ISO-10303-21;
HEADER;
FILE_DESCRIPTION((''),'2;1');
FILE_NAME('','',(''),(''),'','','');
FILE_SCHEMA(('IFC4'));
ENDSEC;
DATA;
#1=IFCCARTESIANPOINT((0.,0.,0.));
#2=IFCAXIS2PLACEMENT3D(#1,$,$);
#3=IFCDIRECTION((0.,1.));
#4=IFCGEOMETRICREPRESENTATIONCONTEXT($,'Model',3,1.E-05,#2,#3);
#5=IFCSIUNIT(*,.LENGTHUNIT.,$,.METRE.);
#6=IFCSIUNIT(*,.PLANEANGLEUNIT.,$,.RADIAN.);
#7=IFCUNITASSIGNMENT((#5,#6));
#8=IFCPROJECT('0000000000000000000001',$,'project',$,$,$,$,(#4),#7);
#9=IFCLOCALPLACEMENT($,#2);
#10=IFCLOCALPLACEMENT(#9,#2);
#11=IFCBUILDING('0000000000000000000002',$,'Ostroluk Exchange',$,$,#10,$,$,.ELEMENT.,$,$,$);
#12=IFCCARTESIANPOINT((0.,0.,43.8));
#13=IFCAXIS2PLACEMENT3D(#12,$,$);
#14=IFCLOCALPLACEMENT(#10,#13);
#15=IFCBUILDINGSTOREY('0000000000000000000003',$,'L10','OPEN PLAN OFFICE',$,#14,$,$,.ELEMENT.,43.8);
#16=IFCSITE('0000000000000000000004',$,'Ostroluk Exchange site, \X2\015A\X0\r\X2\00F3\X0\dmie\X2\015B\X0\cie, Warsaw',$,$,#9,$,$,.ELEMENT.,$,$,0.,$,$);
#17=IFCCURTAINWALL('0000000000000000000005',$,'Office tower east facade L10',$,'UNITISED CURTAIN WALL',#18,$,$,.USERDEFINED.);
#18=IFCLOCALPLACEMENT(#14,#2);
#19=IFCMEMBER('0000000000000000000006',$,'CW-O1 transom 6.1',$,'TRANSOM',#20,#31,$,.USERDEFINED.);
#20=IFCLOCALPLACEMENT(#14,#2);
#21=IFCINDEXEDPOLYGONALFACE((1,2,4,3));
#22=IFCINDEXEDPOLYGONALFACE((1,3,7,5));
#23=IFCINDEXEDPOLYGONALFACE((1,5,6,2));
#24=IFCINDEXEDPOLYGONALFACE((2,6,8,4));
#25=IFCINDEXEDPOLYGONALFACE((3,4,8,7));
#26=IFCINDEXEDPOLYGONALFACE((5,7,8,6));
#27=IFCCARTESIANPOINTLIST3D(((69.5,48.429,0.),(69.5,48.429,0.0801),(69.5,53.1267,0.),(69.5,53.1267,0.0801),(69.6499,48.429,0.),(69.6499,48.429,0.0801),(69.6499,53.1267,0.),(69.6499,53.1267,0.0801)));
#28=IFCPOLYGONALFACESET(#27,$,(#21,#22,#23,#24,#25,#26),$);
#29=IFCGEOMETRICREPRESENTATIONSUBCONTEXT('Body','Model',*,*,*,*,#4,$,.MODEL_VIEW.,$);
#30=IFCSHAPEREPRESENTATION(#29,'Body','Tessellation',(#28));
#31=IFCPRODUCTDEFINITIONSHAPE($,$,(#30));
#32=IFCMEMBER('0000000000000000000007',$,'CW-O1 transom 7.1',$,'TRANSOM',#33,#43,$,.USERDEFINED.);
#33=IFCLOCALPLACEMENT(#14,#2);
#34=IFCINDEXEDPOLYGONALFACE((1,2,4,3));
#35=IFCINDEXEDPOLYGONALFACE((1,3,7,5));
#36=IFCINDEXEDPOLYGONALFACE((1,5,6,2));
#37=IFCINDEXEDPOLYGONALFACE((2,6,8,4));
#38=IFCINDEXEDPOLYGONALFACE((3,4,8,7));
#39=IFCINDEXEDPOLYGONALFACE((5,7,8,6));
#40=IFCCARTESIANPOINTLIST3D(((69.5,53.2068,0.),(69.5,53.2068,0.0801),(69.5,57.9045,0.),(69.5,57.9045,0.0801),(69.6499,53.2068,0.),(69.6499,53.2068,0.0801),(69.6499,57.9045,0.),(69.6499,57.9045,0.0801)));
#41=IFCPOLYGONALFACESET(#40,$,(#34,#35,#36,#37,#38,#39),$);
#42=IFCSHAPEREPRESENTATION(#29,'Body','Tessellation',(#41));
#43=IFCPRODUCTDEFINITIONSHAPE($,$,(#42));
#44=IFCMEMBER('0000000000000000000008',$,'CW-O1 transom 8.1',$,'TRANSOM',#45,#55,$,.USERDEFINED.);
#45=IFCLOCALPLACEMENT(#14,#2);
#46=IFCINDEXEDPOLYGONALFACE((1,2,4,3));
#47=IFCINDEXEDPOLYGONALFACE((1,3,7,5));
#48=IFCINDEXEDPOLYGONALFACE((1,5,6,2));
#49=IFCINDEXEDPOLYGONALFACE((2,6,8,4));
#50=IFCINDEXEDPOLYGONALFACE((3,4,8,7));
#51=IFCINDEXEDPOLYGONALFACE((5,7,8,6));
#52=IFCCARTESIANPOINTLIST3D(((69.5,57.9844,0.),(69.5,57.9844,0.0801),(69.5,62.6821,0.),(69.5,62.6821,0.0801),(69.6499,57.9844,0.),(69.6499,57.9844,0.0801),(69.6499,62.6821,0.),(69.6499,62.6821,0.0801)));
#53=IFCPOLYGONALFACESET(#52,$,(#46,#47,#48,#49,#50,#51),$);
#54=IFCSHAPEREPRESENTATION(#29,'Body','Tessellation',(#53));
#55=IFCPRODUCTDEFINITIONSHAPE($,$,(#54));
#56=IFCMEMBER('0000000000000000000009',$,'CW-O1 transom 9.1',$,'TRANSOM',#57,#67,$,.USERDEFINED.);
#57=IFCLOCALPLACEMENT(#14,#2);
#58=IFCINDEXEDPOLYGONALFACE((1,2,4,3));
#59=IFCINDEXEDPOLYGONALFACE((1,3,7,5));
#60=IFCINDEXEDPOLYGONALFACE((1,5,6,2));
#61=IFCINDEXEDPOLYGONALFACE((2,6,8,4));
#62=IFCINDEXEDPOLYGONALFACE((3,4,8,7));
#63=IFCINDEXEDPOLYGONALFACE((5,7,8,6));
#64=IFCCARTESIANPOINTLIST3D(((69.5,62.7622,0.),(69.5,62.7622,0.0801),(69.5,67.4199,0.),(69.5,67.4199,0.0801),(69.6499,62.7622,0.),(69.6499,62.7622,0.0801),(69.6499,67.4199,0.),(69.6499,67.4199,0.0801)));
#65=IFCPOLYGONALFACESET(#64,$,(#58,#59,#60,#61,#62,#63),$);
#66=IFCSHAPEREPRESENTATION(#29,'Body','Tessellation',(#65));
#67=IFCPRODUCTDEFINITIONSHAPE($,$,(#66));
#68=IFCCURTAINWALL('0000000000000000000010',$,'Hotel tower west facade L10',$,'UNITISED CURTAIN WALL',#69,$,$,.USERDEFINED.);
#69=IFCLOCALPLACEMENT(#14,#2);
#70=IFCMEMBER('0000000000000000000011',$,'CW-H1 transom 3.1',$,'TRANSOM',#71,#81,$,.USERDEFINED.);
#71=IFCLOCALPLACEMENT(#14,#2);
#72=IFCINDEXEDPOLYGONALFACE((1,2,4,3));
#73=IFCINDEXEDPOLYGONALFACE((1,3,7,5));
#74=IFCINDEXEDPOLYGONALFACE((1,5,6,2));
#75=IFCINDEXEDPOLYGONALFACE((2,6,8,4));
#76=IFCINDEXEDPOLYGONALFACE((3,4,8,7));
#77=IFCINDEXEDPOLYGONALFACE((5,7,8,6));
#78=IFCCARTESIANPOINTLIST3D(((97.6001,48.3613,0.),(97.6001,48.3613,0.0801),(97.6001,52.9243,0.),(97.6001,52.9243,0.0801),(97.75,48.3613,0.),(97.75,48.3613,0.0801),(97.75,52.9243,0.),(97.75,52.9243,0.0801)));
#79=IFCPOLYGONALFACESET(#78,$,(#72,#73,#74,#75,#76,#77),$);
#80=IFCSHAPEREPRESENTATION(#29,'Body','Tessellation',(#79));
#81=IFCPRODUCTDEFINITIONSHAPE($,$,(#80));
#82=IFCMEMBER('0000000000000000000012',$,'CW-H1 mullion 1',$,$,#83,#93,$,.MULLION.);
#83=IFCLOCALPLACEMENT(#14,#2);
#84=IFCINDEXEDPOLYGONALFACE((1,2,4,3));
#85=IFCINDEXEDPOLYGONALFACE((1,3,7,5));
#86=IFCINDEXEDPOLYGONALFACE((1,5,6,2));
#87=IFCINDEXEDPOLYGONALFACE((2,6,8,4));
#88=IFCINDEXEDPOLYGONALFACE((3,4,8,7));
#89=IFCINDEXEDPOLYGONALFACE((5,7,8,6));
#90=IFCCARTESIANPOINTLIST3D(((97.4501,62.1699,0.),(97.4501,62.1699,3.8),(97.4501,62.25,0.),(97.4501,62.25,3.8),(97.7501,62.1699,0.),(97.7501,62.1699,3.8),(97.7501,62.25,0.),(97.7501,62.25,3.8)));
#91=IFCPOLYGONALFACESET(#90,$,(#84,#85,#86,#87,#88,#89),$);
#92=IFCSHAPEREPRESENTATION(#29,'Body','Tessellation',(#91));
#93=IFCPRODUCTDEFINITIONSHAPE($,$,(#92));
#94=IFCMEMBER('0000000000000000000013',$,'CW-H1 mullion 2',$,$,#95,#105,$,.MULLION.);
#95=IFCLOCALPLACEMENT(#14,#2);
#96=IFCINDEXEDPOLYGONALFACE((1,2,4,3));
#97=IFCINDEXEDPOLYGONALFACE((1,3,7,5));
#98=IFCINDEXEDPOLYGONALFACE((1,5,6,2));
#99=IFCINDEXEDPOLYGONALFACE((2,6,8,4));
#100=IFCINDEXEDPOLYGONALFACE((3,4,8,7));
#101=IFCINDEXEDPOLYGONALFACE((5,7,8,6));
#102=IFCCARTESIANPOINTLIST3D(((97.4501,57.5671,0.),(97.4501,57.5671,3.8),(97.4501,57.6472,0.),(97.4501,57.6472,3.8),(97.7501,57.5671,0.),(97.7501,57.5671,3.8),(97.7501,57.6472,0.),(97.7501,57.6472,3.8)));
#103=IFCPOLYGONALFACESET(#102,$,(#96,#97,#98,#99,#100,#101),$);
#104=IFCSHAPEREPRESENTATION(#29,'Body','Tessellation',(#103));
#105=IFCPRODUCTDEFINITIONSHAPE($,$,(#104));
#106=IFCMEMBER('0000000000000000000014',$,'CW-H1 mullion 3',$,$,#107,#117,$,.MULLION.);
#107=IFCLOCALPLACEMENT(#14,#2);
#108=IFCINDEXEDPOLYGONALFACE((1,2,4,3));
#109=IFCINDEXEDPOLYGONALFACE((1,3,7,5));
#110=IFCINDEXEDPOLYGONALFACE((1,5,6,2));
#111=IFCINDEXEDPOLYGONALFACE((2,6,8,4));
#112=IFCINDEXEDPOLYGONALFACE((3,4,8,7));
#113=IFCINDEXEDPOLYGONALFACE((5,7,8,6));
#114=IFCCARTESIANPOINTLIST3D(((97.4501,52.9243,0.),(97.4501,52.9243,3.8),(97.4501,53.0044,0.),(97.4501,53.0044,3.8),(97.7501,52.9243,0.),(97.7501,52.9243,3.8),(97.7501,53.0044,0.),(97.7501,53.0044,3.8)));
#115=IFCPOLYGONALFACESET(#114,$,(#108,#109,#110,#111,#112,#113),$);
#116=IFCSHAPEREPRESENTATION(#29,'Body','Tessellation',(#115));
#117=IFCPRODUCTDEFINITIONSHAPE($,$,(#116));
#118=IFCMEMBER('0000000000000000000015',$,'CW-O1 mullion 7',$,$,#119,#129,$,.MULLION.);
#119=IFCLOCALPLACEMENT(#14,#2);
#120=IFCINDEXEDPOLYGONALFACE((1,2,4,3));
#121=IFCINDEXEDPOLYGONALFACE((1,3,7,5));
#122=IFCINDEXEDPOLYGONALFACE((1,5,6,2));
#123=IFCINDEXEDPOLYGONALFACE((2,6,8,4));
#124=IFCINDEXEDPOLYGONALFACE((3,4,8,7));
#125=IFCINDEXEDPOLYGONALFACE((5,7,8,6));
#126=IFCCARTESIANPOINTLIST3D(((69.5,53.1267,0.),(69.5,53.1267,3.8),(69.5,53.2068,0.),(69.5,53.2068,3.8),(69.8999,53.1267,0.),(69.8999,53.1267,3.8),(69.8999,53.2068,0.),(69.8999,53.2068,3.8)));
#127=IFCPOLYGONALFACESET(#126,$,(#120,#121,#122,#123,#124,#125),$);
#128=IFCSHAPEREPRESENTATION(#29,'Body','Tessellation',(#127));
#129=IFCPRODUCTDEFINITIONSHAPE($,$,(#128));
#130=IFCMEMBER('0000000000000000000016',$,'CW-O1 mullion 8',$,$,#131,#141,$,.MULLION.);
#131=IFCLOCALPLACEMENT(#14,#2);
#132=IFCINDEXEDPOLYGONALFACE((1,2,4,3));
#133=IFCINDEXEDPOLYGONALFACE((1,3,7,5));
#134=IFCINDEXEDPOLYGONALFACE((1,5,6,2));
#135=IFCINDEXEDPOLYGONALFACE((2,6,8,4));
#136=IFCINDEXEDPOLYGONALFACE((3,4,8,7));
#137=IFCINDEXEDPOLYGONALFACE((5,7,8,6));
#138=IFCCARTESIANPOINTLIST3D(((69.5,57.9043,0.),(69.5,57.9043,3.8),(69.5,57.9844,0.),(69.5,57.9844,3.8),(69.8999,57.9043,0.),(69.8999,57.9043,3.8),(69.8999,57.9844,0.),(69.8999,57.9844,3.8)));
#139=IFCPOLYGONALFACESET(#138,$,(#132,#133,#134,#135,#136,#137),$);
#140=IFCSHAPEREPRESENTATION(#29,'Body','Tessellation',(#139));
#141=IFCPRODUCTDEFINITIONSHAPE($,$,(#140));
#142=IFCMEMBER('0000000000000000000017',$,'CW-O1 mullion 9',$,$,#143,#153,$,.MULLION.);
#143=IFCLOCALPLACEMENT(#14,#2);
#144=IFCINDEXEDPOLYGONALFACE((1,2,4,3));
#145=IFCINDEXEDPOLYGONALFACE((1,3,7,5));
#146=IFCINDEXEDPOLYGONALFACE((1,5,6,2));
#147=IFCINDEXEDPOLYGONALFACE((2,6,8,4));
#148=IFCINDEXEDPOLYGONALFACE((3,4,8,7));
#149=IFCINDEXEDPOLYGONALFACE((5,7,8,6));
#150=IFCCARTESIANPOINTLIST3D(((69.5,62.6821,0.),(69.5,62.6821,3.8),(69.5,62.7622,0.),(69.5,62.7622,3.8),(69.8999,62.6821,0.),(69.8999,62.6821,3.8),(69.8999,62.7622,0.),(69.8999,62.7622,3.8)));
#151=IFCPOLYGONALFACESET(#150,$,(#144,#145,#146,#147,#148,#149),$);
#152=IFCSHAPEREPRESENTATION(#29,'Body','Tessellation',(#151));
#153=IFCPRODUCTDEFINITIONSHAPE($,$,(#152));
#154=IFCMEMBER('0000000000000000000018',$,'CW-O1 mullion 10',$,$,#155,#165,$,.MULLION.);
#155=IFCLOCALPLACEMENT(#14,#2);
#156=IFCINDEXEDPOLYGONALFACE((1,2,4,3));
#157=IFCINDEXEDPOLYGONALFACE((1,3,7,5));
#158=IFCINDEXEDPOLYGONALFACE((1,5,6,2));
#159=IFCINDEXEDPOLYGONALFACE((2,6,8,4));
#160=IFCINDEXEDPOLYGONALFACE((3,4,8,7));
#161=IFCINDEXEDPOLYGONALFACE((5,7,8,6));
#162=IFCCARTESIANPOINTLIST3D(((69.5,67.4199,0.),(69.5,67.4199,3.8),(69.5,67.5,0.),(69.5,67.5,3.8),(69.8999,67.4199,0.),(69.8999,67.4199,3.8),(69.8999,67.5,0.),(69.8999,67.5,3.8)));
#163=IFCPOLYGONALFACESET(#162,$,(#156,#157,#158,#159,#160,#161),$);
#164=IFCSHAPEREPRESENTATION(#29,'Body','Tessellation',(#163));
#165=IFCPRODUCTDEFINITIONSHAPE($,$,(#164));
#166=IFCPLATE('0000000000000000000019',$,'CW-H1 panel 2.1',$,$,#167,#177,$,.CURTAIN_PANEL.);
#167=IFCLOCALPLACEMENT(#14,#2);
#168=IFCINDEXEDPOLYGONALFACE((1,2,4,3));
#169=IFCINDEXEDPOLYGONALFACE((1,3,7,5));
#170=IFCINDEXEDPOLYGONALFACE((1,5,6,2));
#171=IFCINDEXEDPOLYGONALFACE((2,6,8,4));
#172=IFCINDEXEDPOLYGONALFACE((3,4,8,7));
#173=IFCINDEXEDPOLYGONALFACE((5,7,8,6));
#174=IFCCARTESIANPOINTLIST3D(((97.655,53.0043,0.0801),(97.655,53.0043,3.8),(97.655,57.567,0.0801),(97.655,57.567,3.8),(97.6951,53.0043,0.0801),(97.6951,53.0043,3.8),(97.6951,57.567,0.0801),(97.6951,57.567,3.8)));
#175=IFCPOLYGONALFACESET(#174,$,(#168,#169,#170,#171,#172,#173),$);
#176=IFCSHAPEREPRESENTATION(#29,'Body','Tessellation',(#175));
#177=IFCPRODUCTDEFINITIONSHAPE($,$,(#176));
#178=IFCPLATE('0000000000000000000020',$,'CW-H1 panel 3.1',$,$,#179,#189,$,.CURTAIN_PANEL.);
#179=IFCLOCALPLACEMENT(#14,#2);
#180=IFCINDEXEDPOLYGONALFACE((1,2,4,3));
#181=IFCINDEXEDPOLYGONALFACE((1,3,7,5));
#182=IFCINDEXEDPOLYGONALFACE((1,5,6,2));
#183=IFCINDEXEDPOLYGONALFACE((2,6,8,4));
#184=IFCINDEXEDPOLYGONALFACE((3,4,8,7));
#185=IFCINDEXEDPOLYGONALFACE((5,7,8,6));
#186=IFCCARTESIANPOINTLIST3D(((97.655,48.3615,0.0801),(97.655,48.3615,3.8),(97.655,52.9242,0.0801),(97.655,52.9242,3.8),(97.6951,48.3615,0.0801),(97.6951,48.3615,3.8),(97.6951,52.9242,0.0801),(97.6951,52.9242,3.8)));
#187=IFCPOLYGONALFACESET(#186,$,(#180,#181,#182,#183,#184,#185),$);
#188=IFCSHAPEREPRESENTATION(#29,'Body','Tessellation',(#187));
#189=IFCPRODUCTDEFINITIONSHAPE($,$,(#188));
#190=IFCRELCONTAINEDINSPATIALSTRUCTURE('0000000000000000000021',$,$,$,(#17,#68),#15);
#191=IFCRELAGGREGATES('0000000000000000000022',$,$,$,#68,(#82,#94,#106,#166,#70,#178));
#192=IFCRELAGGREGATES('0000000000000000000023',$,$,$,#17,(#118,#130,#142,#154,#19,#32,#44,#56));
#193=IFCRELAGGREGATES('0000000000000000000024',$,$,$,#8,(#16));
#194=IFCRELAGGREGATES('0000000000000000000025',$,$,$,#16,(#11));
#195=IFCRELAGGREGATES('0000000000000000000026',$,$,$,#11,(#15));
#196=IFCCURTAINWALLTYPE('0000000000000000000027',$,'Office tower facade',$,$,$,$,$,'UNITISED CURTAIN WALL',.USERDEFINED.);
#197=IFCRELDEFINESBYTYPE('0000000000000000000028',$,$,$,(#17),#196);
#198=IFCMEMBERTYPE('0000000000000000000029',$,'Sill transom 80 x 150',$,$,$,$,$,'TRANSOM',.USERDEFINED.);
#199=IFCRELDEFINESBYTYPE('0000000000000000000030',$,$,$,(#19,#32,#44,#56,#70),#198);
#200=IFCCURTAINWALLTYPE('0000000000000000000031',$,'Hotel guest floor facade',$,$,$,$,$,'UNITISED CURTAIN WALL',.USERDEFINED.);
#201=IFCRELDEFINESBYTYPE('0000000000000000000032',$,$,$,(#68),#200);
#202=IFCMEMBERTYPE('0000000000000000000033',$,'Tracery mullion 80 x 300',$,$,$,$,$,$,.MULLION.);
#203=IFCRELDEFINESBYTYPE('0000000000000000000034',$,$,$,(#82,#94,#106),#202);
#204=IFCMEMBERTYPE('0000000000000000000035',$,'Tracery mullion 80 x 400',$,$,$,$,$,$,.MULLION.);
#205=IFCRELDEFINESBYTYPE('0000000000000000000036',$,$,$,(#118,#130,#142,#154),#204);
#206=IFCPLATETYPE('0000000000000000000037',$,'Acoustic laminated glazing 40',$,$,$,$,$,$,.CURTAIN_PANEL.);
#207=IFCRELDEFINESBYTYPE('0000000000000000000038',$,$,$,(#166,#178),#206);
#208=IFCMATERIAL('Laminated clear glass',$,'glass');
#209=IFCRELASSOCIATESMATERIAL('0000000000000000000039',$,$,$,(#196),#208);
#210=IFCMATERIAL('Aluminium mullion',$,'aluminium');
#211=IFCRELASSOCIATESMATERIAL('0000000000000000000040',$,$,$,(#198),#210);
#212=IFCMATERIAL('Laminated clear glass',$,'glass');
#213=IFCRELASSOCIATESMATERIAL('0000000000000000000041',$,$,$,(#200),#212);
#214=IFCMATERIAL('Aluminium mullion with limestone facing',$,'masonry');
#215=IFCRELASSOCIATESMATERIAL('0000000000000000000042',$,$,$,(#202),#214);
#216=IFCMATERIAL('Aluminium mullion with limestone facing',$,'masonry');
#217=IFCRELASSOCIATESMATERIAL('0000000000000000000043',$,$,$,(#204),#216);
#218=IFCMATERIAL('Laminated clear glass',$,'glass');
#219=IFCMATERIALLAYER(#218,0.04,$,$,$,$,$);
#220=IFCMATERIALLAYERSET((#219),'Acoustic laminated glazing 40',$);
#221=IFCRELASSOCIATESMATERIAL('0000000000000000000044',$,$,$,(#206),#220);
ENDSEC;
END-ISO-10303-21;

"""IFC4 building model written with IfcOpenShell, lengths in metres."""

from ifc_helpers import new_model, si_unit, direction, frame, origin, origin_2d, place, context, subcontext, project, spatial, rectangle, extrude, material, layer, layer_set, material_profile, profile_set, type_object, element, aggregate, save


model = new_model("IFC4")

# Units and contexts
model_context = context("Model", 3, precision=1e-05, world=origin(), true_north=direction((0.0, 1.0)))
body_context = subcontext(model_context, "Body", "Model", "MODEL_VIEW")
ifc_project = project(units=[si_unit("LENGTHUNIT", "METRE"), si_unit("PLANEANGLEUNIT", "RADIAN")], contexts=[model_context])

# Site, building, storey
site_placement = place(None, origin())
site = spatial("IfcSite", under=ifc_project, at=site_placement, Name="Ostroluk Exchange site, Śródmieście, Warsaw", CompositionType="ELEMENT", RefElevation=0.0)
building_placement = place(site_placement, origin())
building = spatial("IfcBuilding", under=site, at=building_placement, Name="Ostroluk Exchange", CompositionType="ELEMENT")
storey_placement = place(building_placement, frame((0.0, 0.0, 43.8)))
storey = spatial("IfcBuildingStorey", under=building, at=storey_placement, Name="L10", Description="OPEN PLAN OFFICE", CompositionType="ELEMENT", Elevation=43.8)

# Curtain walls, members
ifc_material_1 = material(Name="Laminated clear glass", Category="glass")
curtain_wall_type_1 = type_object("IfcCurtainWallType", Name="Office tower facade", ElementType="UNITISED CURTAIN WALL", PredefinedType="USERDEFINED", material=ifc_material_1)
curtain_wall_1_placement = place(storey_placement, origin())
curtain_wall_1 = element("IfcCurtainWall", 1, at=curtain_wall_1_placement, inside=storey, type_object=curtain_wall_type_1, Name="Office tower east facade L10", ObjectType="UNITISED CURTAIN WALL", PredefinedType="USERDEFINED")
ifc_material_2 = material(Name="Aluminium mullion", Category="aluminium")
ifc_material_profile_1 = material_profile(ifc_material_2, rectangle(XDim=0.1499, YDim=0.0801, at=origin_2d()), Name="Sill transom 80 x 150")
ifc_profile_set_1 = profile_set([ifc_material_profile_1], Name="Aluminium mullion")
member_type_1 = type_object("IfcMemberType", Name="Sill transom 80 x 150", ElementType="TRANSOM", PredefinedType="USERDEFINED", material=ifc_profile_set_1)
member_1_placement = place(storey_placement, frame((69.575, 48.429, 0.04), z_axis=(0.0, 1.0, 0.0), x_axis=(-1.0, 0.0, 0.0)))
member_1 = element("IfcMember", 2, at=member_1_placement, type_object=member_type_1, Name="CW-O1 transom 6.1", ObjectType="TRANSOM", PredefinedType="USERDEFINED", context=body_context, shape_type="SweptSolid", body=[
    extrude(rectangle(XDim=0.1499, YDim=0.0801, at=origin_2d()), origin(), (0.0, 0.0, 1.0), 4.6978),
])
member_2_placement = place(storey_placement, frame((69.575, 53.2068, 0.04), z_axis=(0.0, 1.0, 0.0), x_axis=(-1.0, 0.0, 0.0)))
member_2 = element("IfcMember", 3, at=member_2_placement, type_object=member_type_1, Name="CW-O1 transom 7.1", ObjectType="TRANSOM", PredefinedType="USERDEFINED", context=body_context, shape_type="SweptSolid", body=[
    extrude(rectangle(XDim=0.1499, YDim=0.0801, at=origin_2d()), origin(), (0.0, 0.0, 1.0), 4.6978),
])
member_3_placement = place(storey_placement, frame((69.575, 57.9844, 0.04), z_axis=(0.0, 1.0, 0.0), x_axis=(-1.0, 0.0, 0.0)))
member_3 = element("IfcMember", 4, at=member_3_placement, type_object=member_type_1, Name="CW-O1 transom 8.1", ObjectType="TRANSOM", PredefinedType="USERDEFINED", context=body_context, shape_type="SweptSolid", body=[
    extrude(rectangle(XDim=0.1499, YDim=0.0801, at=origin_2d()), origin(), (0.0, 0.0, 1.0), 4.6978),
])
member_4_placement = place(storey_placement, frame((69.575, 62.7622, 0.04), z_axis=(0.0, 1.0, 0.0), x_axis=(-1.0, 0.0, 0.0)))
member_4 = element("IfcMember", 5, at=member_4_placement, type_object=member_type_1, Name="CW-O1 transom 9.1", ObjectType="TRANSOM", PredefinedType="USERDEFINED", context=body_context, shape_type="SweptSolid", body=[
    extrude(rectangle(XDim=0.1499, YDim=0.0801, at=origin_2d()), origin(), (0.0, 0.0, 1.0), 4.6577),
])
ifc_material_3 = material(Name="Laminated clear glass", Category="glass")
curtain_wall_type_2 = type_object("IfcCurtainWallType", Name="Hotel guest floor facade", ElementType="UNITISED CURTAIN WALL", PredefinedType="USERDEFINED", material=ifc_material_3)
curtain_wall_2_placement = place(storey_placement, origin())
curtain_wall_2 = element("IfcCurtainWall", 6, at=curtain_wall_2_placement, inside=storey, type_object=curtain_wall_type_2, Name="Hotel tower west facade L10", ObjectType="UNITISED CURTAIN WALL", PredefinedType="USERDEFINED")
member_5_placement = place(storey_placement, frame((97.675, 52.9243, 0.04), z_axis=(0.0, -1.0, 0.0), x_axis=(1.0, 0.0, 0.0)))
member_5 = element("IfcMember", 7, at=member_5_placement, type_object=member_type_1, Name="CW-H1 transom 3.1", ObjectType="TRANSOM", PredefinedType="USERDEFINED", context=body_context, shape_type="SweptSolid", body=[
    extrude(rectangle(XDim=0.1499, YDim=0.0801, at=origin_2d()), origin(), (0.0, 0.0, 1.0), 4.563),
])
ifc_material_4 = material(Name="Aluminium mullion with limestone facing", Category="masonry")
ifc_material_profile_2 = material_profile(ifc_material_4, rectangle(XDim=0.3, YDim=0.0801, at=origin_2d()), Name="Tracery mullion 80 x 300")
ifc_profile_set_2 = profile_set([ifc_material_profile_2], Name="Aluminium mullion with limestone facing")
member_type_2 = type_object("IfcMemberType", Name="Tracery mullion 80 x 300", PredefinedType="MULLION", material=ifc_profile_set_2)
member_6_placement = place(storey_placement, frame((97.6001, 62.21, 0.0), z_axis=(0.0, 0.0, 1.0), x_axis=(1.0, 0.0, 0.0)))
member_6 = element("IfcMember", 8, at=member_6_placement, type_object=member_type_2, Name="CW-H1 mullion 1", PredefinedType="MULLION", context=body_context, shape_type="SweptSolid", body=[
    extrude(rectangle(XDim=0.3, YDim=0.0801, at=origin_2d()), origin(), (0.0, 0.0, 1.0), 3.8),
])
member_7_placement = place(storey_placement, frame((97.6001, 57.6072, 0.0), z_axis=(0.0, 0.0, 1.0), x_axis=(1.0, 0.0, 0.0)))
member_7 = element("IfcMember", 9, at=member_7_placement, type_object=member_type_2, Name="CW-H1 mullion 2", PredefinedType="MULLION", context=body_context, shape_type="SweptSolid", body=[
    extrude(rectangle(XDim=0.3, YDim=0.0801, at=origin_2d()), origin(), (0.0, 0.0, 1.0), 3.8),
])
member_8_placement = place(storey_placement, frame((97.6001, 52.9644, 0.0), z_axis=(0.0, 0.0, 1.0), x_axis=(1.0, 0.0, 0.0)))
member_8 = element("IfcMember", 10, at=member_8_placement, type_object=member_type_2, Name="CW-H1 mullion 3", PredefinedType="MULLION", context=body_context, shape_type="SweptSolid", body=[
    extrude(rectangle(XDim=0.3, YDim=0.0801, at=origin_2d()), origin(), (0.0, 0.0, 1.0), 3.8),
])

# Members
ifc_material_5 = material(Name="Aluminium mullion with limestone facing", Category="masonry")
ifc_material_profile_3 = material_profile(ifc_material_5, rectangle(XDim=0.3999, YDim=0.0801, at=origin_2d()), Name="Tracery mullion 80 x 400")
ifc_profile_set_3 = profile_set([ifc_material_profile_3], Name="Aluminium mullion with limestone facing")
member_type_3 = type_object("IfcMemberType", Name="Tracery mullion 80 x 400", PredefinedType="MULLION", material=ifc_profile_set_3)
member_9_placement = place(storey_placement, frame((69.7, 53.1667, 0.0), z_axis=(0.0, 0.0, 1.0), x_axis=(-1.0, 0.0, 0.0)))
member_9 = element("IfcMember", 11, at=member_9_placement, type_object=member_type_3, Name="CW-O1 mullion 7", PredefinedType="MULLION", context=body_context, shape_type="SweptSolid", body=[
    extrude(rectangle(XDim=0.3999, YDim=0.0801, at=origin_2d()), origin(), (0.0, 0.0, 1.0), 3.8),
])
member_10_placement = place(storey_placement, frame((69.7, 57.9443, 0.0), z_axis=(0.0, 0.0, 1.0), x_axis=(-1.0, 0.0, 0.0)))
member_10 = element("IfcMember", 12, at=member_10_placement, type_object=member_type_3, Name="CW-O1 mullion 8", PredefinedType="MULLION", context=body_context, shape_type="SweptSolid", body=[
    extrude(rectangle(XDim=0.3999, YDim=0.0801, at=origin_2d()), origin(), (0.0, 0.0, 1.0), 3.8),
])
member_11_placement = place(storey_placement, frame((69.7, 62.7222, 0.0), z_axis=(0.0, 0.0, 1.0), x_axis=(-1.0, 0.0, 0.0)))
member_11 = element("IfcMember", 13, at=member_11_placement, type_object=member_type_3, Name="CW-O1 mullion 9", PredefinedType="MULLION", context=body_context, shape_type="SweptSolid", body=[
    extrude(rectangle(XDim=0.3999, YDim=0.0801, at=origin_2d()), origin(), (0.0, 0.0, 1.0), 3.8),
])
member_12_placement = place(storey_placement, frame((69.7, 67.46, 0.0), z_axis=(0.0, 0.0, 1.0), x_axis=(-1.0, 0.0, 0.0)))
member_12 = element("IfcMember", 14, at=member_12_placement, type_object=member_type_3, Name="CW-O1 mullion 10", PredefinedType="MULLION", context=body_context, shape_type="SweptSolid", body=[
    extrude(rectangle(XDim=0.3999, YDim=0.0801, at=origin_2d()), origin(), (0.0, 0.0, 1.0), 3.8),
])

# Plates
ifc_material_6 = material(Name="Laminated clear glass", Category="glass")
ifc_layer_1 = layer(ifc_material_6, 0.04)
ifc_layer_set_1 = layer_set([ifc_layer_1], Name="Acoustic laminated glazing 40")
plate_type_1 = type_object("IfcPlateType", Name="Acoustic laminated glazing 40", PredefinedType="CURTAIN_PANEL", material=ifc_layer_set_1)
plate_1_placement = place(storey_placement, frame((97.675, 55.2856, 0.0801), z_axis=(0.0, 0.0, 1.0), x_axis=(0.0, -1.0, 0.0)))
plate_1 = element("IfcPlate", 15, at=plate_1_placement, type_object=plate_type_1, Name="CW-H1 panel 2.1", PredefinedType="CURTAIN_PANEL", context=body_context, shape_type="SweptSolid", body=[
    extrude(rectangle(XDim=4.5627, YDim=0.04, at=origin_2d()), origin(), (0.0, 0.0, 1.0), 3.72),
])
plate_2_placement = place(storey_placement, frame((97.675, 50.6428, 0.0801), z_axis=(0.0, 0.0, 1.0), x_axis=(0.0, -1.0, 0.0)))
plate_2 = element("IfcPlate", 16, at=plate_2_placement, type_object=plate_type_1, Name="CW-H1 panel 3.1", PredefinedType="CURTAIN_PANEL", context=body_context, shape_type="SweptSolid", body=[
    extrude(rectangle(XDim=4.5627, YDim=0.04, at=origin_2d()), origin(), (0.0, 0.0, 1.0), 3.72),
])
aggregate(curtain_wall_2, [member_6, member_7, member_8, plate_1, member_5, plate_2])
aggregate(curtain_wall_1, [member_9, member_10, member_11, member_12, member_1, member_2, member_3, member_4])

save(model, "model.ifc")
